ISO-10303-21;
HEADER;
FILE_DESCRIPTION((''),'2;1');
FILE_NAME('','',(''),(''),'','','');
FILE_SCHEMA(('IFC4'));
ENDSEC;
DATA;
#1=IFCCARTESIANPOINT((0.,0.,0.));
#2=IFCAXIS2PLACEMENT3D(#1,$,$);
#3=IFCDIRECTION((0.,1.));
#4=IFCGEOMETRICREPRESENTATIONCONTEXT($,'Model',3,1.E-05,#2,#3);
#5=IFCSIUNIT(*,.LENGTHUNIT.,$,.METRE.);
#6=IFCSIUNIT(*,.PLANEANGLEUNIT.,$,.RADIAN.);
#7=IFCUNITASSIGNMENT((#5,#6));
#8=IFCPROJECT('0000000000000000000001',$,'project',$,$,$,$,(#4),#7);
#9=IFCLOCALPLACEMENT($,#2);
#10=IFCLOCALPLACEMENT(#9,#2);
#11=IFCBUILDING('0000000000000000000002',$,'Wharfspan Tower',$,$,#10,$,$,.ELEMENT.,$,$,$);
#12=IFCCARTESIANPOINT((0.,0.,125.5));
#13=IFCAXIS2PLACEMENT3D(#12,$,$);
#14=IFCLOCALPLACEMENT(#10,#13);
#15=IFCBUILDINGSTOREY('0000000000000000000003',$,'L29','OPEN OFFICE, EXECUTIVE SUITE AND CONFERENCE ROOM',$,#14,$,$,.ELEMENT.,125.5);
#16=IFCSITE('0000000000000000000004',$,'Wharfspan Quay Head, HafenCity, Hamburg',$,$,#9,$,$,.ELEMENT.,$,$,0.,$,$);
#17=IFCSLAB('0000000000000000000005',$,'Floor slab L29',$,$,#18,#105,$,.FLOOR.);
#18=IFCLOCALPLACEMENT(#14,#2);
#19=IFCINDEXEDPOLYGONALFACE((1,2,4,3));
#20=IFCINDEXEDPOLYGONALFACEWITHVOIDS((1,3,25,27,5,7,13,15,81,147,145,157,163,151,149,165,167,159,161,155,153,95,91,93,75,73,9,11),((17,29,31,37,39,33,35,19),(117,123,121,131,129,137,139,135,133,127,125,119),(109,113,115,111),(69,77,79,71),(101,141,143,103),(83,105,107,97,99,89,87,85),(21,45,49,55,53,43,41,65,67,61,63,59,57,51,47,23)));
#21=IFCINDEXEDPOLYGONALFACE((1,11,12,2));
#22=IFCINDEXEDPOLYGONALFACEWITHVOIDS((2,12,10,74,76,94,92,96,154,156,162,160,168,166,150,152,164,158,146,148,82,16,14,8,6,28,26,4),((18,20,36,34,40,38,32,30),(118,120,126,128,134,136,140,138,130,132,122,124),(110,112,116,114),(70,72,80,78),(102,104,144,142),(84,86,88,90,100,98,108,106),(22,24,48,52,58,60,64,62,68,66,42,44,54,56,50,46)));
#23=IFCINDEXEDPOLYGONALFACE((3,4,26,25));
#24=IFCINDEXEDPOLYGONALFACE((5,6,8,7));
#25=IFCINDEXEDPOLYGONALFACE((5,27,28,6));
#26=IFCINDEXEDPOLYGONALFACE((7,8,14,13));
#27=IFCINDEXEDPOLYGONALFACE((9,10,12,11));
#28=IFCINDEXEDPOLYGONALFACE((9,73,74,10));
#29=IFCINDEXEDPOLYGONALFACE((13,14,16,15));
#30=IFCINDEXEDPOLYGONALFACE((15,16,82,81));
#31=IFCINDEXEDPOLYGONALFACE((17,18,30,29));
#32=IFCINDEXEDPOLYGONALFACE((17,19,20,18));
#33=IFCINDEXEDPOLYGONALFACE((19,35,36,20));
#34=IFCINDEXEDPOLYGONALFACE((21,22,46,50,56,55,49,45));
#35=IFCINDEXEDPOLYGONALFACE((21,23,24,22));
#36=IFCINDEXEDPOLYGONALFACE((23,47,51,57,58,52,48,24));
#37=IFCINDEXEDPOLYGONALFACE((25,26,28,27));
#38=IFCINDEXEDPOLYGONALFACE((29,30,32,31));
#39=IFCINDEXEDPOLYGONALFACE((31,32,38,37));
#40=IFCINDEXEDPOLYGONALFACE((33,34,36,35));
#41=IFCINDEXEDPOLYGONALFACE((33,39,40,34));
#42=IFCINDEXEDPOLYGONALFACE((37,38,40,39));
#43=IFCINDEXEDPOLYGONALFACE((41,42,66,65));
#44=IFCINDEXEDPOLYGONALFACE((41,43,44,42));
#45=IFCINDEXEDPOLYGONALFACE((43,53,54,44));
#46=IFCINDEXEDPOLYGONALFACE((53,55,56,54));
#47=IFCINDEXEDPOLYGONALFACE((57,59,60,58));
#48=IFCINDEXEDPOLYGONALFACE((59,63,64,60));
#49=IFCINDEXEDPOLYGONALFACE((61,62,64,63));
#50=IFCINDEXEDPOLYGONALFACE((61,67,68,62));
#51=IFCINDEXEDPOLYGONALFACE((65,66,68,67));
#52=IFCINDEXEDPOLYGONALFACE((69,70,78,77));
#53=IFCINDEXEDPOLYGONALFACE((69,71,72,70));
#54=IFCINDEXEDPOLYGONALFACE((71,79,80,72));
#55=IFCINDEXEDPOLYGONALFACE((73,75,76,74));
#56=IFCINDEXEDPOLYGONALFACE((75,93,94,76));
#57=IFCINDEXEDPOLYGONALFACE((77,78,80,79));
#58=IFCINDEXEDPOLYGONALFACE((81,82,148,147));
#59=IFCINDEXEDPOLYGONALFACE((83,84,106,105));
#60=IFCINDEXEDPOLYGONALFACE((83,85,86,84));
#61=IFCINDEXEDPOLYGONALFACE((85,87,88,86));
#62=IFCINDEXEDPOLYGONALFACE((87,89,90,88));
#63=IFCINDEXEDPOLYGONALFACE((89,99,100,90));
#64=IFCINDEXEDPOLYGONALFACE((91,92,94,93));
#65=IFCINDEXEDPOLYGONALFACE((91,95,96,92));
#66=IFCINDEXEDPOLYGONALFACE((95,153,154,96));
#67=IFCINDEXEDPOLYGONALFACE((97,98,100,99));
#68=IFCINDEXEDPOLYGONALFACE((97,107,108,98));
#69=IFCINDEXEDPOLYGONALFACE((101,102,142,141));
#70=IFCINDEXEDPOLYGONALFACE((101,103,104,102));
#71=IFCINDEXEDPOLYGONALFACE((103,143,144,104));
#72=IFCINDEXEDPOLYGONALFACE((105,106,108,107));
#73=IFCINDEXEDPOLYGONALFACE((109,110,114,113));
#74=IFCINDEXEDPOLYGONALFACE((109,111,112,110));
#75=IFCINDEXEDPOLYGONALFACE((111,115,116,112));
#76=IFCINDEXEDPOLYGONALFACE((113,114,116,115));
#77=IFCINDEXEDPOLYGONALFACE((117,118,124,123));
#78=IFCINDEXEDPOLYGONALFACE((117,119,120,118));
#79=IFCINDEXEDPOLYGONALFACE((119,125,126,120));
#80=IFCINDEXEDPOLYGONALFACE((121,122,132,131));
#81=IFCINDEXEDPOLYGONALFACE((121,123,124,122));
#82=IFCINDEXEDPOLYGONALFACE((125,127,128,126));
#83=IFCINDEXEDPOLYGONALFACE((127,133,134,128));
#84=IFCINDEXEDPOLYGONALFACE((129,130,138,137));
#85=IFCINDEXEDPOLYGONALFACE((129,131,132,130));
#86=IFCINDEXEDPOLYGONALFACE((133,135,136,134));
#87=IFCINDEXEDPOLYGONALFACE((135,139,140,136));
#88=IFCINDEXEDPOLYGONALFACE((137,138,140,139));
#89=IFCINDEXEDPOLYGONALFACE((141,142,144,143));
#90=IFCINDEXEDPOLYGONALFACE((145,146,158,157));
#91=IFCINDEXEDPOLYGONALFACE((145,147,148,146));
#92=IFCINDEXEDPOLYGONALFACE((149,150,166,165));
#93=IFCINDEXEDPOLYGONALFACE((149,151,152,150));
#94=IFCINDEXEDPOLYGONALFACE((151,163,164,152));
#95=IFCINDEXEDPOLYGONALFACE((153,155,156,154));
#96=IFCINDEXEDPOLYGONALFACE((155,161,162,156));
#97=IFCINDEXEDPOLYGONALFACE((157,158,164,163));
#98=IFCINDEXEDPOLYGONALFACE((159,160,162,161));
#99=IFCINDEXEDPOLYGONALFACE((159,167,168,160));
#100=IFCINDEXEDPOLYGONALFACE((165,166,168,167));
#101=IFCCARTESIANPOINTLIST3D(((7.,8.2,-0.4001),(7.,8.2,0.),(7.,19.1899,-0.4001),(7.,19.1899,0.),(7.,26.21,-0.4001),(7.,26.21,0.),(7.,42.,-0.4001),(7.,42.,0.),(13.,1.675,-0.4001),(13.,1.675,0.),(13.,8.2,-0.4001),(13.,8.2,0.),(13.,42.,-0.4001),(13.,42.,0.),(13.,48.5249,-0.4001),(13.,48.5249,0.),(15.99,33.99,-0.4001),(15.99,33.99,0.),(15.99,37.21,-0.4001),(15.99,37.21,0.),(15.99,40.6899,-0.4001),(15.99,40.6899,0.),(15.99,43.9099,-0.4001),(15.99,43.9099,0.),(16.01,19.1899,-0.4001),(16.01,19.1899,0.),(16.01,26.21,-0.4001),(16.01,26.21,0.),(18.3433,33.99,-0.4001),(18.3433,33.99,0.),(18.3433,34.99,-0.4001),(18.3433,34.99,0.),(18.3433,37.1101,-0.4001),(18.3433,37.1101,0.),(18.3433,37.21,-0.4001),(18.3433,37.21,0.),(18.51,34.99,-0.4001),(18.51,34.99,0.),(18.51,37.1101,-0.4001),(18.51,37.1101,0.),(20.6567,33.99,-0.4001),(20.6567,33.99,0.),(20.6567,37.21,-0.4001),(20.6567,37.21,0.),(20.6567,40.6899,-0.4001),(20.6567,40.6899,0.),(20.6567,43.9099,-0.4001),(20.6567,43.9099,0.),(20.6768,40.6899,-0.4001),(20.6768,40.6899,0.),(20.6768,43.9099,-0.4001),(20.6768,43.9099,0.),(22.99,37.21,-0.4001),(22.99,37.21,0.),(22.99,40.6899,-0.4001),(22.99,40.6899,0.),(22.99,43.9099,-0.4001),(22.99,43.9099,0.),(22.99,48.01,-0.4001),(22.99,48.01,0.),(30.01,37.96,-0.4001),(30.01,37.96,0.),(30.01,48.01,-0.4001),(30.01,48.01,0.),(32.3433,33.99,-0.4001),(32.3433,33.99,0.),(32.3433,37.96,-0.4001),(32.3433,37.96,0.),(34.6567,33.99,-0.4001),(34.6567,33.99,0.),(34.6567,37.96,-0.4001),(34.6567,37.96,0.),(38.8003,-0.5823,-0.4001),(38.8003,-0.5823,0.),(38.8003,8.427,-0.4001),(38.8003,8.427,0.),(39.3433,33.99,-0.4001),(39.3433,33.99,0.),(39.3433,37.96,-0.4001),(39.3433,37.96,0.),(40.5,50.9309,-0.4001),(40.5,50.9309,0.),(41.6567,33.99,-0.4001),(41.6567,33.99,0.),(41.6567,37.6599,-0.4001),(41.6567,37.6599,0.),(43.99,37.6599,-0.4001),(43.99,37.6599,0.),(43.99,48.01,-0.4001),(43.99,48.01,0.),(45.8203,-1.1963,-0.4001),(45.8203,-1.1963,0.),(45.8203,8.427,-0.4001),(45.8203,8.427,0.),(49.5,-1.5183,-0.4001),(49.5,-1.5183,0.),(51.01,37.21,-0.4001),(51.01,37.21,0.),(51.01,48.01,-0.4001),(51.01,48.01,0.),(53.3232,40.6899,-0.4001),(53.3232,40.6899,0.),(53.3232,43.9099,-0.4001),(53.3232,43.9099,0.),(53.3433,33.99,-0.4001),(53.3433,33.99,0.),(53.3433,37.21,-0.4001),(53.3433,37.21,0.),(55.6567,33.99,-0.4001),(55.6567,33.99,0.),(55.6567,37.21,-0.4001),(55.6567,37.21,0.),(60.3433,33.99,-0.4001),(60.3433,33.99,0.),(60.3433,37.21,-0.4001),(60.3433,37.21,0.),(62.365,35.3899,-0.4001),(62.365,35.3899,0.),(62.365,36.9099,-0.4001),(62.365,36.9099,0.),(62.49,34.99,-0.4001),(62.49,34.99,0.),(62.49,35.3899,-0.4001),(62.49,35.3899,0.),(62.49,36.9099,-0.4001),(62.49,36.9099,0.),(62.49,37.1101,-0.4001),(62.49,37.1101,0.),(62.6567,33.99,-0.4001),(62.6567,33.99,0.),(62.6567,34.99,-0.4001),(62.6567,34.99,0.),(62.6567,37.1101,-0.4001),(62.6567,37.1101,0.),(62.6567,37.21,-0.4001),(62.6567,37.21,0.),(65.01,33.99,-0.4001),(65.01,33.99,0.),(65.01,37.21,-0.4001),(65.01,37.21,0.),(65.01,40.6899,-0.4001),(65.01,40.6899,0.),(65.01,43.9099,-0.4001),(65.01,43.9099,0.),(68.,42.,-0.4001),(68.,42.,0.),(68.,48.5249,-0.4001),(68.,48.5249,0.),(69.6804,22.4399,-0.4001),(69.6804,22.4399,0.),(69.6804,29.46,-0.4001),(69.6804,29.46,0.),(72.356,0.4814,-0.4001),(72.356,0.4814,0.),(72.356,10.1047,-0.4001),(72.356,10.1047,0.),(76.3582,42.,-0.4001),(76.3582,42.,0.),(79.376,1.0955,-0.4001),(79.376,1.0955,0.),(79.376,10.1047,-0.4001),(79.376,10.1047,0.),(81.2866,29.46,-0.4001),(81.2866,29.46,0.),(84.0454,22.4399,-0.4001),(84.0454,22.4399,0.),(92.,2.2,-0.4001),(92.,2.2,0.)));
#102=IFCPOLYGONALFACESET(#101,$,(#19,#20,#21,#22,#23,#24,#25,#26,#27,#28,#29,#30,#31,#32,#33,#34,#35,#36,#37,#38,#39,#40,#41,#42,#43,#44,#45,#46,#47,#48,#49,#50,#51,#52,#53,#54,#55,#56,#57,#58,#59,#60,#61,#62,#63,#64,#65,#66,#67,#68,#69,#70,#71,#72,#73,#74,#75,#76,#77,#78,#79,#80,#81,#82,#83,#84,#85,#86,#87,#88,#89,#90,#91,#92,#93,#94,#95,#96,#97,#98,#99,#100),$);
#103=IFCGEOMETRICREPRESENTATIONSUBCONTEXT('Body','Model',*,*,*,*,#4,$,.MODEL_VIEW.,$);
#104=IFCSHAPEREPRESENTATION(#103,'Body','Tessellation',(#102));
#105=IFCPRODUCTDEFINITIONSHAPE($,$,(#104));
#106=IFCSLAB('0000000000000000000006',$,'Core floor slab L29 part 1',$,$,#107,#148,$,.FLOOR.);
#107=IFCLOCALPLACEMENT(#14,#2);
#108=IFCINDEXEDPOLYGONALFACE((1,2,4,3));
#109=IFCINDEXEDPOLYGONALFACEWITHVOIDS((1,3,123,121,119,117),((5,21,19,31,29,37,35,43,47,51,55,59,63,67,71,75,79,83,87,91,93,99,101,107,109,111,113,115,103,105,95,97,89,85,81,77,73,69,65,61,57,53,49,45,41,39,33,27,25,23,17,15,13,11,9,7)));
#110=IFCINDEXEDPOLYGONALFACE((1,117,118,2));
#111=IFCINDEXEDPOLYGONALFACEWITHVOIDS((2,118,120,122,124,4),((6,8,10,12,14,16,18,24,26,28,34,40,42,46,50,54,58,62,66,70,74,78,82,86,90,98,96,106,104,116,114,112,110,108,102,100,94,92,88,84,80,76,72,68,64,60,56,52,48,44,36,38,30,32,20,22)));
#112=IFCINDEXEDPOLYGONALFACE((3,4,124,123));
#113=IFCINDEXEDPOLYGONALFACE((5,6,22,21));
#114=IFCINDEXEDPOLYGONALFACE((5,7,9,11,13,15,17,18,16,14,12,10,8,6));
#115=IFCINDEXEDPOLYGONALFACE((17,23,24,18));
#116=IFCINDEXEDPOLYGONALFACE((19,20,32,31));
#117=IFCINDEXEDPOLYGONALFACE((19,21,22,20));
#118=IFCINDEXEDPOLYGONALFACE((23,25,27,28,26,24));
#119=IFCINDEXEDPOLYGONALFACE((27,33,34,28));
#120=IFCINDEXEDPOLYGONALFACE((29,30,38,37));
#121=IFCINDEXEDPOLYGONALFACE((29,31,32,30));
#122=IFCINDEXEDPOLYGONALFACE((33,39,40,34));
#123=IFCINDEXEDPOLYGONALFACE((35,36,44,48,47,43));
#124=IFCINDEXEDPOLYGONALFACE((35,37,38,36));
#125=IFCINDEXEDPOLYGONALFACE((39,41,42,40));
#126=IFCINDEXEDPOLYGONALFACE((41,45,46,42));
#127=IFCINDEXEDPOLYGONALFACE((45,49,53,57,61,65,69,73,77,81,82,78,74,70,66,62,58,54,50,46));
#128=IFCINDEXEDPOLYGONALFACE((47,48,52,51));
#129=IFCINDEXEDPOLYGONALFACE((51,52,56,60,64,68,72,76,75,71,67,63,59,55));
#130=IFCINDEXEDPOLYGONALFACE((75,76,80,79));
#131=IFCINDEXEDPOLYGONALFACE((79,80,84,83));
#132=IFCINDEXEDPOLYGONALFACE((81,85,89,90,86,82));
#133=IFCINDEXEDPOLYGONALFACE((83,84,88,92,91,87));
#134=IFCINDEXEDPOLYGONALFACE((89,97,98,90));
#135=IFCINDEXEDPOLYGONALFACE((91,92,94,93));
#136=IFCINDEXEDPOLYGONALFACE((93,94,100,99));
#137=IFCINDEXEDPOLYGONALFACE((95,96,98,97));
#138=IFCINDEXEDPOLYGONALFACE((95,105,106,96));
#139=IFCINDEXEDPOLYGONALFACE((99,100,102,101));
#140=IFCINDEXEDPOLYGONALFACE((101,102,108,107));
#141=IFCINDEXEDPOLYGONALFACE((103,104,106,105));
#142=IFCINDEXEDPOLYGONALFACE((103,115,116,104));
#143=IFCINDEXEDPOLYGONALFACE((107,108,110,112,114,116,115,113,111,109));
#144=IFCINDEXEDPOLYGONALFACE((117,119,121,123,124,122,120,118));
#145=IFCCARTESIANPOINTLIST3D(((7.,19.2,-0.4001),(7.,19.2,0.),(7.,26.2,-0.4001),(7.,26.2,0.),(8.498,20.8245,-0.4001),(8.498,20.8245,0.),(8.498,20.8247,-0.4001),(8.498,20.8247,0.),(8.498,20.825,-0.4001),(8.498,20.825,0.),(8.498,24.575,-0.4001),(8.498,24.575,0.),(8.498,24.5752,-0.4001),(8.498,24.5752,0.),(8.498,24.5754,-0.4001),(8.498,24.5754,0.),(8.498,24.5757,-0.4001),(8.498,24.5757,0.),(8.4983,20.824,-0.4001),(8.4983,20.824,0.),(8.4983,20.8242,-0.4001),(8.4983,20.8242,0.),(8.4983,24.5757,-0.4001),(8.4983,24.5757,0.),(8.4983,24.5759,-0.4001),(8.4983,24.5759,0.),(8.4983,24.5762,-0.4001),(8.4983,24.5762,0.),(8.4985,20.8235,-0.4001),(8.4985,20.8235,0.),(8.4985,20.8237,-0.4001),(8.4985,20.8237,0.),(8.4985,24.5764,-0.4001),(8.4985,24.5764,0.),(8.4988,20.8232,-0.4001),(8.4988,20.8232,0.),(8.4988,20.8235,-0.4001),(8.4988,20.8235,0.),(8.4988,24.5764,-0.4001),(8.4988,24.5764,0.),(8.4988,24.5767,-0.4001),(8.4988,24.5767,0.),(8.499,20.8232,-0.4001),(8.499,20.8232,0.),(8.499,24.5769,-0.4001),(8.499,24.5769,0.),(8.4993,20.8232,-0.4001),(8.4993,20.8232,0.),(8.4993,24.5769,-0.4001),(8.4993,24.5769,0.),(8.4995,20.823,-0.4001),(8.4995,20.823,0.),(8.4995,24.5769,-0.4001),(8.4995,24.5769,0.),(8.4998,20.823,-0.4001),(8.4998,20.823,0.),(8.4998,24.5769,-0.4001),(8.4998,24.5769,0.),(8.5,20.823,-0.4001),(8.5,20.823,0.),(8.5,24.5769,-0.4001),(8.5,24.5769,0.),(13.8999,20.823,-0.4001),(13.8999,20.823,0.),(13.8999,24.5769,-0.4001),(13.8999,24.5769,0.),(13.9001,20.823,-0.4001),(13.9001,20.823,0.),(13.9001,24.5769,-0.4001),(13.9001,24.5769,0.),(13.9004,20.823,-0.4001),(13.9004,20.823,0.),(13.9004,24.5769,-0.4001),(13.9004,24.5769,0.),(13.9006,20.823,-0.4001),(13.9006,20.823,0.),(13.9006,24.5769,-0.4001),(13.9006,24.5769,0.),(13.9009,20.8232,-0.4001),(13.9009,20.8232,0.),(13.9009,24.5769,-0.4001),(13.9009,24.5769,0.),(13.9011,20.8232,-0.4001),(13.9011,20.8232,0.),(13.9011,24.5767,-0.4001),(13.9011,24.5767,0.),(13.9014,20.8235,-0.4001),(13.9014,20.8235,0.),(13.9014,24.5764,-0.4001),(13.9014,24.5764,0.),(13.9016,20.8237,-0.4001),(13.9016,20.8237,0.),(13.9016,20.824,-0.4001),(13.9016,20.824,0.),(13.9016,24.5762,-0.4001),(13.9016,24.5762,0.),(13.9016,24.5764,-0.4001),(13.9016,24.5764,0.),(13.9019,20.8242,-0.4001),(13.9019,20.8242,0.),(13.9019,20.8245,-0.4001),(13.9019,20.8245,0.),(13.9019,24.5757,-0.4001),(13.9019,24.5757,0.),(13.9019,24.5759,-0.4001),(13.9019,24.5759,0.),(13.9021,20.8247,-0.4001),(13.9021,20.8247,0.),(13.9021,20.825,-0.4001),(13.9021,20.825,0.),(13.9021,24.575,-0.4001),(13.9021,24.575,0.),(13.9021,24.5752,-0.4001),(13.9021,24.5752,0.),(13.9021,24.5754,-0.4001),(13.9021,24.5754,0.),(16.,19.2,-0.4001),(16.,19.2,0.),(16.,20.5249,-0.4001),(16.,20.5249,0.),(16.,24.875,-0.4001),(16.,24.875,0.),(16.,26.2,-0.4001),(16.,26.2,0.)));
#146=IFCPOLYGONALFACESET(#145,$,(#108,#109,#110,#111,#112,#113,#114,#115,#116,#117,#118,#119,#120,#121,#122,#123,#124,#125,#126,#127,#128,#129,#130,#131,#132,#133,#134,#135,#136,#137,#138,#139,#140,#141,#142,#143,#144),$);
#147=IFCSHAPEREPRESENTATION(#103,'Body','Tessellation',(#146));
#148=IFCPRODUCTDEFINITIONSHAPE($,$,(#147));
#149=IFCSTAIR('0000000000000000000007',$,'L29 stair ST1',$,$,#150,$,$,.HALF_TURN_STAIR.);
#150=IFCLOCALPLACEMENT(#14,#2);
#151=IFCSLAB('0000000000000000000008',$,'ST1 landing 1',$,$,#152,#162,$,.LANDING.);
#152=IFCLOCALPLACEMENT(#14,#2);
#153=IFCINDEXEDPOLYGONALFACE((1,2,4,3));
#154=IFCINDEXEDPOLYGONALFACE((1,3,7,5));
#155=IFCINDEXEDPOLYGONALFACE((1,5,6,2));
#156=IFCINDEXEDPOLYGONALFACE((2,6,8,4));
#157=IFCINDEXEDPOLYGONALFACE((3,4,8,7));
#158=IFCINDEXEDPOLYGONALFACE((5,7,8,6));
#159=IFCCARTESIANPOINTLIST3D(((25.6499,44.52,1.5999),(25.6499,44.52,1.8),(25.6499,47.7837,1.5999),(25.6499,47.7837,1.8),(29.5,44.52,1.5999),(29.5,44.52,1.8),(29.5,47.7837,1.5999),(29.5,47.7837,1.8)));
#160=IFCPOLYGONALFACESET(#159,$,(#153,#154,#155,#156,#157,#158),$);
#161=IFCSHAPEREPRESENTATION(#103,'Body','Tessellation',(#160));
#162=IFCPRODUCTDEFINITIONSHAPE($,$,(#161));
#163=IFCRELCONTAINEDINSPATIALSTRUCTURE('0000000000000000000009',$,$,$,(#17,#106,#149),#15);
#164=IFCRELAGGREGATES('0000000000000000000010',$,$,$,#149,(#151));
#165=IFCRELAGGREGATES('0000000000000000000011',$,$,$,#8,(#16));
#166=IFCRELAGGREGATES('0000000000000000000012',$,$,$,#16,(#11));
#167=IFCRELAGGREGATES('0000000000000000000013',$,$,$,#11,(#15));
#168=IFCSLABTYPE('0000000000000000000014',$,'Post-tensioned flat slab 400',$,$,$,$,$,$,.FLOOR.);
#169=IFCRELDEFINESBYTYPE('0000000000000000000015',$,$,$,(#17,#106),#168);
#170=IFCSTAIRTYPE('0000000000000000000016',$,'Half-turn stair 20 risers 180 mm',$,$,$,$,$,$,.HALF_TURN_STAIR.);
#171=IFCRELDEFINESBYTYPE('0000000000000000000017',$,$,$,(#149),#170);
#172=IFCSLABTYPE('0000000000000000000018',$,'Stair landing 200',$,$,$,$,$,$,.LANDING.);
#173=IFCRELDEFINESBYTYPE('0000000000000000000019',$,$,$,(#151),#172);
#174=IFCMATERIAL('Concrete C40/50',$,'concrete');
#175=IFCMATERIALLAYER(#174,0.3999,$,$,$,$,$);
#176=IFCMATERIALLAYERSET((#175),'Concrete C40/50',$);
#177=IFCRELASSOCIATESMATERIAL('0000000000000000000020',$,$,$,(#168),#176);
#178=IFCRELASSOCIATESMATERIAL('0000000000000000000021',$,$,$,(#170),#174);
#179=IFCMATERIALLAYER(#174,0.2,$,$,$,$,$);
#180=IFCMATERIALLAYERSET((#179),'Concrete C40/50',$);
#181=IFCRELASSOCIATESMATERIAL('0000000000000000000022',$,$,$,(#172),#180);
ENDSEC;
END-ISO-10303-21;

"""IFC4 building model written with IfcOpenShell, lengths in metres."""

from ifc_helpers import new_model, si_unit, direction, frame, origin, place, context, subcontext, project, spatial, polyline, outline, extrude, material, layer, layer_set, type_object, element, aggregate, save


model = new_model("IFC4")

# Units and contexts
model_context = context("Model", 3, precision=1e-05, world=origin(), true_north=direction((0.0, 1.0)))
body_context = subcontext(model_context, "Body", "Model", "MODEL_VIEW")
ifc_project = project(units=[si_unit("LENGTHUNIT", "METRE"), si_unit("PLANEANGLEUNIT", "RADIAN")], contexts=[model_context])

# Site, building, storey
site_placement = place(None, origin())
site = spatial("IfcSite", under=ifc_project, at=site_placement, Name="Wharfspan Quay Head, HafenCity, Hamburg", CompositionType="ELEMENT", RefElevation=0.0)
building_placement = place(site_placement, origin())
building = spatial("IfcBuilding", under=site, at=building_placement, Name="Wharfspan Tower", CompositionType="ELEMENT")
storey_placement = place(building_placement, frame((0.0, 0.0, 125.5)))
storey = spatial("IfcBuildingStorey", under=building, at=storey_placement, Name="L29", Description="OPEN OFFICE, EXECUTIVE SUITE AND CONFERENCE ROOM", CompositionType="ELEMENT", Elevation=125.5)

# Slabs
ifc_material_1 = material(Name="Concrete C40/50", Category="concrete")
ifc_layer_1 = layer(ifc_material_1, 0.3999)
ifc_layer_set_1 = layer_set([ifc_layer_1], Name="Concrete C40/50")
slab_type_1 = type_object("IfcSlabType", Name="Post-tensioned flat slab 400", PredefinedType="FLOOR", material=ifc_layer_set_1)
slab_1_placement = place(storey_placement, frame((0.0, 0.0, -0.4001)))
element("IfcSlab", 1, at=slab_1_placement, inside=storey, type_object=slab_type_1, Name="Floor slab L29", PredefinedType="FLOOR", context=body_context, shape_type="SweptSolid", body=[
    extrude(outline(polyline([(38.8003, -0.5823), (38.8003, 8.427), (45.8203, 8.427), (45.8203, -1.1963), (49.5, -1.5183), (72.356, 0.4814), (72.356, 10.1047), (79.376, 10.1047), (79.376, 1.0955), (92.0, 2.2), (84.0454, 22.4399), (69.6804, 22.4399), (69.6804, 29.46), (81.2866, 29.46), (76.3582, 42.0), (68.0, 42.0), (68.0, 48.5249), (40.5, 50.9309), (13.0, 48.5249), (13.0, 42.0), (7.0, 42.0), (7.0, 26.21), (16.01, 26.21), (16.01, 19.1899), (7.0, 19.1899), (7.0, 8.2), (13.0, 8.2), (13.0, 1.675), (38.8003, -0.5823)]), holes=[polyline([(62.49, 35.3899), (62.365, 35.3899), (62.365, 36.9099), (62.49, 36.9099), (62.49, 37.1101), (62.6567, 37.1101), (62.6567, 37.21), (65.01, 37.21), (65.01, 33.99), (62.6567, 33.99), (62.6567, 34.99), (62.49, 34.99), (62.49, 35.3899)]), polyline([(65.01, 43.9099), (65.01, 40.6899), (53.3232, 40.6899), (53.3232, 43.9099), (65.01, 43.9099)]), polyline([(55.6567, 33.99), (55.6567, 37.21), (60.3433, 37.21), (60.3433, 33.99), (55.6567, 33.99)]), polyline([(43.99, 37.6599), (43.99, 48.01), (51.01, 48.01), (51.01, 37.21), (53.3433, 37.21), (53.3433, 33.99), (41.6567, 33.99), (41.6567, 37.6599), (43.99, 37.6599)]), polyline([(34.6567, 33.99), (34.6567, 37.96), (39.3433, 37.96), (39.3433, 33.99), (34.6567, 33.99)]), polyline([(20.6567, 37.21), (22.99, 37.21), (22.99, 40.6899), (20.6768, 40.6899), (20.6567, 40.6899), (15.99, 40.6899), (15.99, 43.9099), (20.6567, 43.9099), (20.6768, 43.9099), (22.99, 43.9099), (22.99, 48.01), (30.01, 48.01), (30.01, 37.96), (32.3433, 37.96), (32.3433, 33.99), (20.6567, 33.99), (20.6567, 37.21)]), polyline([(18.51, 34.99), (18.3433, 34.99), (18.3433, 33.99), (15.99, 33.99), (15.99, 37.21), (18.3433, 37.21), (18.3433, 37.1101), (18.51, 37.1101), (18.51, 34.99)])]), origin(), (0.0, 0.0, 1.0), 0.4001),
])
slab_2_placement = place(storey_placement, frame((0.0, 0.0, -0.4001)))
element("IfcSlab", 2, at=slab_2_placement, inside=storey, type_object=slab_type_1, Name="Core floor slab L29 part 1", PredefinedType="FLOOR", context=body_context, shape_type="SweptSolid", body=[
    extrude(outline(polyline([(16.0, 20.5249), (16.0, 24.875), (16.0, 26.2), (7.0, 26.2), (7.0, 19.2), (16.0, 19.2), (16.0, 20.5249)]), holes=[polyline([(13.9021, 20.825), (13.9021, 20.8247), (13.9021, 20.8247), (13.9019, 20.8245), (13.9019, 20.8242), (13.9019, 20.8242), (13.9016, 20.824), (13.9016, 20.8237), (13.9014, 20.8235), (13.9014, 20.8235), (13.9011, 20.8232), (13.9009, 20.8232), (13.9009, 20.8232), (13.9006, 20.823), (13.9004, 20.823), (13.9001, 20.823), (13.8999, 20.823), (8.5, 20.823), (8.4998, 20.823), (8.4995, 20.823), (8.4995, 20.823), (8.4993, 20.8232), (8.499, 20.8232), (8.4988, 20.8232), (8.4988, 20.8235), (8.4985, 20.8235), (8.4985, 20.8237), (8.4983, 20.824), (8.4983, 20.8242), (8.4983, 20.8242), (8.498, 20.8245), (8.498, 20.8247), (8.498, 20.8247), (8.498, 20.825), (8.498, 24.575), (8.498, 24.5752), (8.498, 24.5754), (8.498, 24.5757), (8.4983, 24.5757), (8.4983, 24.5759), (8.4983, 24.5762), (8.4985, 24.5764), (8.4985, 24.5764), (8.4988, 24.5764), (8.4988, 24.5767), (8.499, 24.5769), (8.4993, 24.5769), (8.4995, 24.5769), (8.4995, 24.5769), (8.4998, 24.5769), (8.5, 24.5769), (13.8999, 24.5769), (13.9001, 24.5769), (13.9004, 24.5769), (13.9006, 24.5769), (13.9009, 24.5769), (13.9009, 24.5769), (13.9011, 24.5767), (13.9014, 24.5764), (13.9014, 24.5764), (13.9016, 24.5764), (13.9016, 24.5762), (13.9019, 24.5759), (13.9019, 24.5757), (13.9019, 24.5757), (13.9021, 24.5754), (13.9021, 24.5752), (13.9021, 24.575), (13.9021, 20.825)])]), origin(), (0.0, 0.0, 1.0), 0.4001),
])

# Stair, slab
stair_type = type_object("IfcStairType", Name="Half-turn stair 20 risers 180 mm", PredefinedType="HALF_TURN_STAIR", material=ifc_material_1)
stair_1_placement = place(storey_placement, origin())
stair_1 = element("IfcStair", 3, at=stair_1_placement, inside=storey, type_object=stair_type, Name="L29 stair ST1", PredefinedType="HALF_TURN_STAIR")
ifc_layer_2 = layer(ifc_material_1, 0.2)
ifc_layer_set_2 = layer_set([ifc_layer_2], Name="Concrete C40/50")
slab_type_2 = type_object("IfcSlabType", Name="Stair landing 200", PredefinedType="LANDING", material=ifc_layer_set_2)
slab_3_placement = place(storey_placement, frame((0.0, 0.0, 1.5999)))
slab_3 = element("IfcSlab", 4, at=slab_3_placement, type_object=slab_type_2, Name="ST1 landing 1", PredefinedType="LANDING", context=body_context, shape_type="SweptSolid", body=[
    extrude(outline(polyline([(25.6499, 44.52), (29.5, 44.52), (29.5, 47.7837), (25.6499, 47.7837), (25.6499, 44.52)])), origin(), (0.0, 0.0, 1.0), 0.2002),
])
aggregate(stair_1, [slab_3])

save(model, "model.ifc")
